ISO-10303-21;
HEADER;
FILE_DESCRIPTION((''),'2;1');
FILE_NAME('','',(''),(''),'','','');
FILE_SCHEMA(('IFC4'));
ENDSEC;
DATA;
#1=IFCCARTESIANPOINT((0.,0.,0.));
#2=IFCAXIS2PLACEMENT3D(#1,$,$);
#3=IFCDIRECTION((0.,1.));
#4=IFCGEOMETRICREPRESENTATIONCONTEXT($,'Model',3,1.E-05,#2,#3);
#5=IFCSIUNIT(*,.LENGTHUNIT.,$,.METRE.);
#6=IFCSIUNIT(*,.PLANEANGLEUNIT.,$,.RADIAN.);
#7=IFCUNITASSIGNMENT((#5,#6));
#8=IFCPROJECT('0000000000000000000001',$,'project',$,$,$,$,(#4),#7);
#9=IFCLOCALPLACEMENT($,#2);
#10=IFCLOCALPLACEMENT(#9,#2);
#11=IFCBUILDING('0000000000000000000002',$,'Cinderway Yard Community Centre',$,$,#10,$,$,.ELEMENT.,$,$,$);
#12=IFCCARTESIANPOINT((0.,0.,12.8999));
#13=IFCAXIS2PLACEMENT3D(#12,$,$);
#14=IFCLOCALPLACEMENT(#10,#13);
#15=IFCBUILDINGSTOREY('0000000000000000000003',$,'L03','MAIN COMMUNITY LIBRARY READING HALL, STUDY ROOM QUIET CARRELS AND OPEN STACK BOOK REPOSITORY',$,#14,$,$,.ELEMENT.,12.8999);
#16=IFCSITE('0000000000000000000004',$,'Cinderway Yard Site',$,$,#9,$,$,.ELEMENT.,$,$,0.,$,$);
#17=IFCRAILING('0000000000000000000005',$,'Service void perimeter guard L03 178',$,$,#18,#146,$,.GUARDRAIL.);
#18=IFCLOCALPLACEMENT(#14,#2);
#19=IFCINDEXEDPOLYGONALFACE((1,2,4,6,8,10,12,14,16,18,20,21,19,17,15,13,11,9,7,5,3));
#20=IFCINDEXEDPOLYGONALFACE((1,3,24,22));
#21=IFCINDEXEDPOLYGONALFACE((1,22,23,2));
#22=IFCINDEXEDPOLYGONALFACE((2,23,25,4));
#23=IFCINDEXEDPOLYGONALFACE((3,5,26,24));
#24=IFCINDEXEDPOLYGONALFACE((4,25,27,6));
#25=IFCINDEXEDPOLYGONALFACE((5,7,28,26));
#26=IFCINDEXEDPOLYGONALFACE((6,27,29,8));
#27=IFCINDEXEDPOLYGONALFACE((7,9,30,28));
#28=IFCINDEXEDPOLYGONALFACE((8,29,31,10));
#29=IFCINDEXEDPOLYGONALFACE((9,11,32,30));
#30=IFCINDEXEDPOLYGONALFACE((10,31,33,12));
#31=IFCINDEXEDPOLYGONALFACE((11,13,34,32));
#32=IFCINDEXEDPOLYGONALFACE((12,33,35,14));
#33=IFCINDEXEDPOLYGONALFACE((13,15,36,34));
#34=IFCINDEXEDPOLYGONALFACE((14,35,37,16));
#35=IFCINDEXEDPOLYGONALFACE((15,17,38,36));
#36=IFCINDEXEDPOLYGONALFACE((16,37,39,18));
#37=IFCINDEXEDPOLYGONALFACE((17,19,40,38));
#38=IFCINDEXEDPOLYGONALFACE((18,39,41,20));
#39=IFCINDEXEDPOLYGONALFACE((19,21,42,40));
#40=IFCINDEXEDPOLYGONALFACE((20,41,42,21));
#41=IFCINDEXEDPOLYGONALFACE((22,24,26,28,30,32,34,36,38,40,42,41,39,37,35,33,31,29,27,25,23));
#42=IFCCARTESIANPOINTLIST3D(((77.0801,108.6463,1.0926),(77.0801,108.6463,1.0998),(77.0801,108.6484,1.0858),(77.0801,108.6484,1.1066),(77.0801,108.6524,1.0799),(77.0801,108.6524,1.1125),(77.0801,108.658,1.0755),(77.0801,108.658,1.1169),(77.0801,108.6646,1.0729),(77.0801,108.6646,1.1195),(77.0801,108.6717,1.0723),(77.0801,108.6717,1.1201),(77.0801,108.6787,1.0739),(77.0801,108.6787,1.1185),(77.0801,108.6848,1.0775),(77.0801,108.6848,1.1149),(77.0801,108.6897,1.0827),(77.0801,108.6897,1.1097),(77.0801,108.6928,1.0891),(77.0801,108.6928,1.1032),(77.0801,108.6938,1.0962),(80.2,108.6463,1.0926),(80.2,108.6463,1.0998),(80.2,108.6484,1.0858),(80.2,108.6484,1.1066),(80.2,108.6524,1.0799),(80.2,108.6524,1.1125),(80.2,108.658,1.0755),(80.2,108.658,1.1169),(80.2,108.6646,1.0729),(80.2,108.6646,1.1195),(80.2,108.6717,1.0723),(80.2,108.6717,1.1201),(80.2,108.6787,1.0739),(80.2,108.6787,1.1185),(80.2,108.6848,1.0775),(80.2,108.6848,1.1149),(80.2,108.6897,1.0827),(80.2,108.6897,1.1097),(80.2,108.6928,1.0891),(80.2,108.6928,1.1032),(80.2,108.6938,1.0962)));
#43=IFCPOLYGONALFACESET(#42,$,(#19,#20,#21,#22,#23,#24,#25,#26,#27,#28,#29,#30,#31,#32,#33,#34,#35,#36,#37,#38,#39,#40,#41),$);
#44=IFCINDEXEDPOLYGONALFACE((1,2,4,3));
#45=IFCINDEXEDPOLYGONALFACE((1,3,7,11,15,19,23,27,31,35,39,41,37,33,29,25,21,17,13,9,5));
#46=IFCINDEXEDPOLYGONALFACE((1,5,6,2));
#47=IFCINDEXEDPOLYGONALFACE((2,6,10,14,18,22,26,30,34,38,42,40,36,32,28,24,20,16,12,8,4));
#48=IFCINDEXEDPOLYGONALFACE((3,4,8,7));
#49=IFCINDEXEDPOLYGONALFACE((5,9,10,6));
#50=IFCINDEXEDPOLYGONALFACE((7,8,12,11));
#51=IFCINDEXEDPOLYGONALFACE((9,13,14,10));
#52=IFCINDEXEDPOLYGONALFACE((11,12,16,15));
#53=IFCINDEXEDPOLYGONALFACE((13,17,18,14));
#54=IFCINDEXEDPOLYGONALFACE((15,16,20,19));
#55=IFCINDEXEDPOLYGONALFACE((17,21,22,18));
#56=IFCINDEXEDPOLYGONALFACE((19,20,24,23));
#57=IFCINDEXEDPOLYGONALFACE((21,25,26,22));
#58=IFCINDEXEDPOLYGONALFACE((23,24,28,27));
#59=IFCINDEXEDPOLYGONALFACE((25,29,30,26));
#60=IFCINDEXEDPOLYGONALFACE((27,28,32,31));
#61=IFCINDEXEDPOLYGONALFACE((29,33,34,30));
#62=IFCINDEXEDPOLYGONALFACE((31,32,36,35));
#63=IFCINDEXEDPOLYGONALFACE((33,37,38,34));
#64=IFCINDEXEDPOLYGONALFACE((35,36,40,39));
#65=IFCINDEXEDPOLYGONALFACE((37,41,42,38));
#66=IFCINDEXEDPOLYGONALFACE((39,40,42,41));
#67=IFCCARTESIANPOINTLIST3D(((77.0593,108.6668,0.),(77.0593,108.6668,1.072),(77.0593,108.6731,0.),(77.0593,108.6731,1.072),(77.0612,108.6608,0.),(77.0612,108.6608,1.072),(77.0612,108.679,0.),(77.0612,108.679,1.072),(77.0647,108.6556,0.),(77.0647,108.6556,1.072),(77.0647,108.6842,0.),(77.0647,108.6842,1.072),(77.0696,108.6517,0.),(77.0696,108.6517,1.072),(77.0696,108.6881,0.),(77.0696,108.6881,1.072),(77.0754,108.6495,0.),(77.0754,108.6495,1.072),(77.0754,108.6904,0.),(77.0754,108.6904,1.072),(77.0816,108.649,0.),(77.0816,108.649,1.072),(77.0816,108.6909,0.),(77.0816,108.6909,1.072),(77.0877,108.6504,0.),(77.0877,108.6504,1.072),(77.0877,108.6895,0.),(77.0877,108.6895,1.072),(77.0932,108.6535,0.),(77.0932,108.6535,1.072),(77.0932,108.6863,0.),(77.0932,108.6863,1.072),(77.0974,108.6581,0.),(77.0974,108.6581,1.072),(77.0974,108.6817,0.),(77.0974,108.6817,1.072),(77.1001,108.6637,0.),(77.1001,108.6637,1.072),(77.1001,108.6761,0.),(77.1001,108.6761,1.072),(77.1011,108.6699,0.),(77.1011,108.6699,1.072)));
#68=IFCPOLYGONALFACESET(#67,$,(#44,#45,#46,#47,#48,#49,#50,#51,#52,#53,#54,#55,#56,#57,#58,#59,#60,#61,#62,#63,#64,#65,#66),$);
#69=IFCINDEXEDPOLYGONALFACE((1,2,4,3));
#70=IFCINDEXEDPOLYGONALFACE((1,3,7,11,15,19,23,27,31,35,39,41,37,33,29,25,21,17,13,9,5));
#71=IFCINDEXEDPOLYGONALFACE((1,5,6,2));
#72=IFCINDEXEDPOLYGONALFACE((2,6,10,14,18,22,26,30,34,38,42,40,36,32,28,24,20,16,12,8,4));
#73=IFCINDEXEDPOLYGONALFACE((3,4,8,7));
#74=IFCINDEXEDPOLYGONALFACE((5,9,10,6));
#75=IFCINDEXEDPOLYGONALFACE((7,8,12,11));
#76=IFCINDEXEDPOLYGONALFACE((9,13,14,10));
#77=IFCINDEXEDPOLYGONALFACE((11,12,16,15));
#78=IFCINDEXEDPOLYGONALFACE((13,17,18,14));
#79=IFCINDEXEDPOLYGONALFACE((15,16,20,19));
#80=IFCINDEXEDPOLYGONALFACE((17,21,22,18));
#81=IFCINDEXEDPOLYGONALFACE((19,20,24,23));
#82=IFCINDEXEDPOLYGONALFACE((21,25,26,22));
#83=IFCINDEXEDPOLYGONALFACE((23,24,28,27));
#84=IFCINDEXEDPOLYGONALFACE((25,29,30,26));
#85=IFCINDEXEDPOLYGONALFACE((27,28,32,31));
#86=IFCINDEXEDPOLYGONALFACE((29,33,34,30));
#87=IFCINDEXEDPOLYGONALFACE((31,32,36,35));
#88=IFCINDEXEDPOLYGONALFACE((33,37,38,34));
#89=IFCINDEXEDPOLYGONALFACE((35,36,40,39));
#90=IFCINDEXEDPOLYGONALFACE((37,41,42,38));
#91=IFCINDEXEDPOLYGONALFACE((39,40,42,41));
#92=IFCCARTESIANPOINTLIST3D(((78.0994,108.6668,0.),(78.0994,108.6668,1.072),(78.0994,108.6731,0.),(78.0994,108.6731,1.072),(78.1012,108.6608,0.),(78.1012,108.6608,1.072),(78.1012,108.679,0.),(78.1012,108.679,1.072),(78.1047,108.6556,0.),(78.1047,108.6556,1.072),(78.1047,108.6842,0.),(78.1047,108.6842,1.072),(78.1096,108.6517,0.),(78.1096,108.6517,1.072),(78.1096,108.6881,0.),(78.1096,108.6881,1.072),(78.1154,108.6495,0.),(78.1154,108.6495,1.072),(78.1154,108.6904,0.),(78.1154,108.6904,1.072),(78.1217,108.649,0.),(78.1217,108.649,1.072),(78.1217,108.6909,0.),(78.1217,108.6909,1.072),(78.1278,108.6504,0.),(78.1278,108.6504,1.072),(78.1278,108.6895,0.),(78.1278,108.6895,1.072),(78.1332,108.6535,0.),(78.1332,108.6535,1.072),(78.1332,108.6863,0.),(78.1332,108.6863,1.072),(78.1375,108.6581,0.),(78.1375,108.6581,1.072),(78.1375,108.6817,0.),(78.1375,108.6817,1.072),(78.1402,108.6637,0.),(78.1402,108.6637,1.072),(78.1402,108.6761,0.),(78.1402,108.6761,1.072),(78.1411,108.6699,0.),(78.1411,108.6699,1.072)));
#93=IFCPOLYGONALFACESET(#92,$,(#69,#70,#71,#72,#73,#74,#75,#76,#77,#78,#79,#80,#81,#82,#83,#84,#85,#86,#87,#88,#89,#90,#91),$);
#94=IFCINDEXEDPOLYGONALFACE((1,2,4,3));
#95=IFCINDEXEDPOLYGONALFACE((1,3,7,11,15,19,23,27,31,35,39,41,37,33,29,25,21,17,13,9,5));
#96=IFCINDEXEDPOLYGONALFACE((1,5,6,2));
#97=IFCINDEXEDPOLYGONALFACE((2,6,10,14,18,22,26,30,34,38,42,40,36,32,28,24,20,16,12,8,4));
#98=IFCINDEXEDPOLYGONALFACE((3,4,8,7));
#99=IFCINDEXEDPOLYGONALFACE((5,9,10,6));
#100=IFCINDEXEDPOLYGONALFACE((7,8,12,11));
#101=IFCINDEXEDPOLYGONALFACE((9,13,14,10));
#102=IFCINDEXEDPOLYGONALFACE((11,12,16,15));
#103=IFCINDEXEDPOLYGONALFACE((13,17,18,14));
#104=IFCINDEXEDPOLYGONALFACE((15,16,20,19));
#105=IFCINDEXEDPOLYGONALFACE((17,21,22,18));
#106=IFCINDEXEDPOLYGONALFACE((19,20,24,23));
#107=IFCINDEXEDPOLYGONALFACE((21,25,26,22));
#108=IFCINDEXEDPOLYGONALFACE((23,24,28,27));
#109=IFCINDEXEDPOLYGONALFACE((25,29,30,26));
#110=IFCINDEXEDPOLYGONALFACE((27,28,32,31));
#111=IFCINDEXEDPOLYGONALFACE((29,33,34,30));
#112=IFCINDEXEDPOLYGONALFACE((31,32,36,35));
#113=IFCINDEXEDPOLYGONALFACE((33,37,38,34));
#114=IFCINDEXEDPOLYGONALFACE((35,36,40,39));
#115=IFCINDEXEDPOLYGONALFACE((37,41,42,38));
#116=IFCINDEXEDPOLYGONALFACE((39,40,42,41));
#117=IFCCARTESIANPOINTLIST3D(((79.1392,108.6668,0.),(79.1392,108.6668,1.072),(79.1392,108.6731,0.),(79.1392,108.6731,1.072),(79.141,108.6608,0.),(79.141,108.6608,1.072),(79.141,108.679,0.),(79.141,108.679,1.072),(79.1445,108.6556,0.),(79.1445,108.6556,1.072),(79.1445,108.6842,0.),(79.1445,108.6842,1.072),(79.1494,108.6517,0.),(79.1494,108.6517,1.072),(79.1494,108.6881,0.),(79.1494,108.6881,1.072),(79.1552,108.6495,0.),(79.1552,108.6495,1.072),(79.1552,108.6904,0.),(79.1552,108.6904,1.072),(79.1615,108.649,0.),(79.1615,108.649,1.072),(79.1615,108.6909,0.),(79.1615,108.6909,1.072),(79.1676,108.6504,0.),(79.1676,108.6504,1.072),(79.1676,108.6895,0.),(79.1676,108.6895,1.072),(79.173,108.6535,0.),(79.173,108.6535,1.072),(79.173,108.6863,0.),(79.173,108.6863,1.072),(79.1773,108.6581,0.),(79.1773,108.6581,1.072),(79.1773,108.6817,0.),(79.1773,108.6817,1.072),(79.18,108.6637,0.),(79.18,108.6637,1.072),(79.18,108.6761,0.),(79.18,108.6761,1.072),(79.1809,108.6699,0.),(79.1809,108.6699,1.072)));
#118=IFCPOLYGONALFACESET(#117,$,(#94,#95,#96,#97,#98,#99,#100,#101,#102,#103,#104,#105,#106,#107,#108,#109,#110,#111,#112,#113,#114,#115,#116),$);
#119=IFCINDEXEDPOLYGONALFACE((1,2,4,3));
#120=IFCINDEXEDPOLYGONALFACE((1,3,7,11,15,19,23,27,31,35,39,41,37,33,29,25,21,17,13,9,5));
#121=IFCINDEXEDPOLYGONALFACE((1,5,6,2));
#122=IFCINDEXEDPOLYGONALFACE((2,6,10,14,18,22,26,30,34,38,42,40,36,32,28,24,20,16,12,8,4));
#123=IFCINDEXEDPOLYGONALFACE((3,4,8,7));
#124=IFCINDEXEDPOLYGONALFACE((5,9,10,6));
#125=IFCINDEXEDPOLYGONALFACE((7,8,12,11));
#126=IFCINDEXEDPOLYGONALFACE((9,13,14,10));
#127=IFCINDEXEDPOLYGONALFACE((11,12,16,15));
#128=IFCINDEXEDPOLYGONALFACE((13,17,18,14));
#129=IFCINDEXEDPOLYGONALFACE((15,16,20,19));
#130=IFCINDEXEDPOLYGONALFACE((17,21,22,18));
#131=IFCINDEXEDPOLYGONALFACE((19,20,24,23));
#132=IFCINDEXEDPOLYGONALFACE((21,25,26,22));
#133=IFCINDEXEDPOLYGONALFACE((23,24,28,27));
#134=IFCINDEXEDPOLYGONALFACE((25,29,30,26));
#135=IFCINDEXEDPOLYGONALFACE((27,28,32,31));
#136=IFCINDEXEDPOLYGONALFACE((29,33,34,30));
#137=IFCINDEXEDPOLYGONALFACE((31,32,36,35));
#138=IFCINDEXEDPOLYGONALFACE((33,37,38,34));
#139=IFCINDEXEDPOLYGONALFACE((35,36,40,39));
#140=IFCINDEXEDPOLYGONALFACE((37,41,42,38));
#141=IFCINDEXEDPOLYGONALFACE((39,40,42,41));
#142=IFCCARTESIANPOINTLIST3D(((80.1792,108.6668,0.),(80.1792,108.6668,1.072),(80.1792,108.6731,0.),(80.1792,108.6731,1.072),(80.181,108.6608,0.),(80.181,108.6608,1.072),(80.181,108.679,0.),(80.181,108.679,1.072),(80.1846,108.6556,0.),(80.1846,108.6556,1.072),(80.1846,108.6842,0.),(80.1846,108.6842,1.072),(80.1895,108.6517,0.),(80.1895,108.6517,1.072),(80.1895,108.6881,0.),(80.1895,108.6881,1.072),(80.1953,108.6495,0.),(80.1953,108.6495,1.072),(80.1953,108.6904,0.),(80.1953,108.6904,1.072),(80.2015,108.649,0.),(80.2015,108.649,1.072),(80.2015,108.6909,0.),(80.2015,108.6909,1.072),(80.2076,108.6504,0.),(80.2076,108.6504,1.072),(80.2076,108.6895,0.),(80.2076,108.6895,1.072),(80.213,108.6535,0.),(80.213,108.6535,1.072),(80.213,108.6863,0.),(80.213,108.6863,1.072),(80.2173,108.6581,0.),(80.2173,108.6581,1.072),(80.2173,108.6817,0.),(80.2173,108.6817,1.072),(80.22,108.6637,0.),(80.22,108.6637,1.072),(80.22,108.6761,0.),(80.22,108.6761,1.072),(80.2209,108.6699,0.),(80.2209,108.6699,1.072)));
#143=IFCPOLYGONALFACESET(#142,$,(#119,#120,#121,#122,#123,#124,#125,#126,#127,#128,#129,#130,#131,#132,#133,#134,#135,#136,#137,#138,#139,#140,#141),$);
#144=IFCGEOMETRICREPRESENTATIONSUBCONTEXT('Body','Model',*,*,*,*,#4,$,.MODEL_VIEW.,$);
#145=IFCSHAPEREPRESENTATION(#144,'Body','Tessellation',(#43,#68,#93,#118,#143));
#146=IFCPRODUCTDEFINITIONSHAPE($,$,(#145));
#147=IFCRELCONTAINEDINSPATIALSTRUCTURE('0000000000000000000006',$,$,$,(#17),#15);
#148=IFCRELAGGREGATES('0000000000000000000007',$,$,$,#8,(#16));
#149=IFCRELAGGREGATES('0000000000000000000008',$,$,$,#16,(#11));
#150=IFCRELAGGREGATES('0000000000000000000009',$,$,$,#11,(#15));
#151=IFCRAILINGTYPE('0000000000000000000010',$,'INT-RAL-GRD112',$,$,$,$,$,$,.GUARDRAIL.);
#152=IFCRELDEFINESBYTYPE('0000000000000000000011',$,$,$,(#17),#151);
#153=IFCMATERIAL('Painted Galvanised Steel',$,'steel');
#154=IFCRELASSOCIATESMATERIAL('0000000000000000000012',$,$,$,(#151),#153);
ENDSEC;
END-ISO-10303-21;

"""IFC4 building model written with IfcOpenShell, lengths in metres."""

from ifc_helpers import new_model, si_unit, direction, frame, origin, origin_2d, place, context, subcontext, project, spatial, circle, extrude, material, type_object, element, save


model = new_model("IFC4")

# Units and contexts
model_context = context("Model", 3, precision=1e-05, world=origin(), true_north=direction((0.0, 1.0)))
body_context = subcontext(model_context, "Body", "Model", "MODEL_VIEW")
ifc_project = project(units=[si_unit("LENGTHUNIT", "METRE"), si_unit("PLANEANGLEUNIT", "RADIAN")], contexts=[model_context])

# Site, building, storey
site_placement = place(None, origin())
site = spatial("IfcSite", under=ifc_project, at=site_placement, Name="Cinderway Yard Site", CompositionType="ELEMENT", RefElevation=0.0)
building_placement = place(site_placement, origin())
building = spatial("IfcBuilding", under=site, at=building_placement, Name="Cinderway Yard Community Centre", CompositionType="ELEMENT")
storey_placement = place(building_placement, frame((0.0, 0.0, 12.8999)))
storey = spatial("IfcBuildingStorey", under=building, at=storey_placement, Name="L03", Description="MAIN COMMUNITY LIBRARY READING HALL, STUDY ROOM QUIET CARRELS AND OPEN STACK BOOK REPOSITORY", CompositionType="ELEMENT", Elevation=12.8999)

# Shared definitions
ifc_material_1 = material(Name="Painted Galvanised Steel", Category="steel")

# Railing
railing_type_1 = type_object("IfcRailingType", Name="INT-RAL-GRD112", PredefinedType="GUARDRAIL", material=ifc_material_1)
railing_1_placement = place(storey_placement, frame((77.0801, 108.6699, 0.0)))
element("IfcRailing", 1, at=railing_1_placement, inside=storey, type_object=railing_type_1, Name="Service void perimeter guard L03 178", PredefinedType="GUARDRAIL", context=body_context, shape_type="SweptSolid", body=[
    extrude(circle(Radius=0.0239, at=origin_2d()), frame((0.0, 0.0, 1.0962), z_axis=(1.0, 0.0, 0.0), x_axis=(0.0, 1.0, 0.0)), (0.0, 0.0, 1.0), 3.1199),
    extrude(circle(Radius=0.021, at=origin_2d()), origin(), (0.0, 0.0, 1.0), 1.072),
    extrude(circle(Radius=0.021, at=origin_2d()), frame((1.04, 0.0, 0.0)), (0.0, 0.0, 1.0), 1.072),
    extrude(circle(Radius=0.021, at=origin_2d()), frame((2.0798, 0.0, 0.0)), (0.0, 0.0, 1.0), 1.072),
    extrude(circle(Radius=0.021, at=origin_2d()), frame((3.1199, 0.0, 0.0)), (0.0, 0.0, 1.0), 1.072),
])

save(model, "model.ifc")
